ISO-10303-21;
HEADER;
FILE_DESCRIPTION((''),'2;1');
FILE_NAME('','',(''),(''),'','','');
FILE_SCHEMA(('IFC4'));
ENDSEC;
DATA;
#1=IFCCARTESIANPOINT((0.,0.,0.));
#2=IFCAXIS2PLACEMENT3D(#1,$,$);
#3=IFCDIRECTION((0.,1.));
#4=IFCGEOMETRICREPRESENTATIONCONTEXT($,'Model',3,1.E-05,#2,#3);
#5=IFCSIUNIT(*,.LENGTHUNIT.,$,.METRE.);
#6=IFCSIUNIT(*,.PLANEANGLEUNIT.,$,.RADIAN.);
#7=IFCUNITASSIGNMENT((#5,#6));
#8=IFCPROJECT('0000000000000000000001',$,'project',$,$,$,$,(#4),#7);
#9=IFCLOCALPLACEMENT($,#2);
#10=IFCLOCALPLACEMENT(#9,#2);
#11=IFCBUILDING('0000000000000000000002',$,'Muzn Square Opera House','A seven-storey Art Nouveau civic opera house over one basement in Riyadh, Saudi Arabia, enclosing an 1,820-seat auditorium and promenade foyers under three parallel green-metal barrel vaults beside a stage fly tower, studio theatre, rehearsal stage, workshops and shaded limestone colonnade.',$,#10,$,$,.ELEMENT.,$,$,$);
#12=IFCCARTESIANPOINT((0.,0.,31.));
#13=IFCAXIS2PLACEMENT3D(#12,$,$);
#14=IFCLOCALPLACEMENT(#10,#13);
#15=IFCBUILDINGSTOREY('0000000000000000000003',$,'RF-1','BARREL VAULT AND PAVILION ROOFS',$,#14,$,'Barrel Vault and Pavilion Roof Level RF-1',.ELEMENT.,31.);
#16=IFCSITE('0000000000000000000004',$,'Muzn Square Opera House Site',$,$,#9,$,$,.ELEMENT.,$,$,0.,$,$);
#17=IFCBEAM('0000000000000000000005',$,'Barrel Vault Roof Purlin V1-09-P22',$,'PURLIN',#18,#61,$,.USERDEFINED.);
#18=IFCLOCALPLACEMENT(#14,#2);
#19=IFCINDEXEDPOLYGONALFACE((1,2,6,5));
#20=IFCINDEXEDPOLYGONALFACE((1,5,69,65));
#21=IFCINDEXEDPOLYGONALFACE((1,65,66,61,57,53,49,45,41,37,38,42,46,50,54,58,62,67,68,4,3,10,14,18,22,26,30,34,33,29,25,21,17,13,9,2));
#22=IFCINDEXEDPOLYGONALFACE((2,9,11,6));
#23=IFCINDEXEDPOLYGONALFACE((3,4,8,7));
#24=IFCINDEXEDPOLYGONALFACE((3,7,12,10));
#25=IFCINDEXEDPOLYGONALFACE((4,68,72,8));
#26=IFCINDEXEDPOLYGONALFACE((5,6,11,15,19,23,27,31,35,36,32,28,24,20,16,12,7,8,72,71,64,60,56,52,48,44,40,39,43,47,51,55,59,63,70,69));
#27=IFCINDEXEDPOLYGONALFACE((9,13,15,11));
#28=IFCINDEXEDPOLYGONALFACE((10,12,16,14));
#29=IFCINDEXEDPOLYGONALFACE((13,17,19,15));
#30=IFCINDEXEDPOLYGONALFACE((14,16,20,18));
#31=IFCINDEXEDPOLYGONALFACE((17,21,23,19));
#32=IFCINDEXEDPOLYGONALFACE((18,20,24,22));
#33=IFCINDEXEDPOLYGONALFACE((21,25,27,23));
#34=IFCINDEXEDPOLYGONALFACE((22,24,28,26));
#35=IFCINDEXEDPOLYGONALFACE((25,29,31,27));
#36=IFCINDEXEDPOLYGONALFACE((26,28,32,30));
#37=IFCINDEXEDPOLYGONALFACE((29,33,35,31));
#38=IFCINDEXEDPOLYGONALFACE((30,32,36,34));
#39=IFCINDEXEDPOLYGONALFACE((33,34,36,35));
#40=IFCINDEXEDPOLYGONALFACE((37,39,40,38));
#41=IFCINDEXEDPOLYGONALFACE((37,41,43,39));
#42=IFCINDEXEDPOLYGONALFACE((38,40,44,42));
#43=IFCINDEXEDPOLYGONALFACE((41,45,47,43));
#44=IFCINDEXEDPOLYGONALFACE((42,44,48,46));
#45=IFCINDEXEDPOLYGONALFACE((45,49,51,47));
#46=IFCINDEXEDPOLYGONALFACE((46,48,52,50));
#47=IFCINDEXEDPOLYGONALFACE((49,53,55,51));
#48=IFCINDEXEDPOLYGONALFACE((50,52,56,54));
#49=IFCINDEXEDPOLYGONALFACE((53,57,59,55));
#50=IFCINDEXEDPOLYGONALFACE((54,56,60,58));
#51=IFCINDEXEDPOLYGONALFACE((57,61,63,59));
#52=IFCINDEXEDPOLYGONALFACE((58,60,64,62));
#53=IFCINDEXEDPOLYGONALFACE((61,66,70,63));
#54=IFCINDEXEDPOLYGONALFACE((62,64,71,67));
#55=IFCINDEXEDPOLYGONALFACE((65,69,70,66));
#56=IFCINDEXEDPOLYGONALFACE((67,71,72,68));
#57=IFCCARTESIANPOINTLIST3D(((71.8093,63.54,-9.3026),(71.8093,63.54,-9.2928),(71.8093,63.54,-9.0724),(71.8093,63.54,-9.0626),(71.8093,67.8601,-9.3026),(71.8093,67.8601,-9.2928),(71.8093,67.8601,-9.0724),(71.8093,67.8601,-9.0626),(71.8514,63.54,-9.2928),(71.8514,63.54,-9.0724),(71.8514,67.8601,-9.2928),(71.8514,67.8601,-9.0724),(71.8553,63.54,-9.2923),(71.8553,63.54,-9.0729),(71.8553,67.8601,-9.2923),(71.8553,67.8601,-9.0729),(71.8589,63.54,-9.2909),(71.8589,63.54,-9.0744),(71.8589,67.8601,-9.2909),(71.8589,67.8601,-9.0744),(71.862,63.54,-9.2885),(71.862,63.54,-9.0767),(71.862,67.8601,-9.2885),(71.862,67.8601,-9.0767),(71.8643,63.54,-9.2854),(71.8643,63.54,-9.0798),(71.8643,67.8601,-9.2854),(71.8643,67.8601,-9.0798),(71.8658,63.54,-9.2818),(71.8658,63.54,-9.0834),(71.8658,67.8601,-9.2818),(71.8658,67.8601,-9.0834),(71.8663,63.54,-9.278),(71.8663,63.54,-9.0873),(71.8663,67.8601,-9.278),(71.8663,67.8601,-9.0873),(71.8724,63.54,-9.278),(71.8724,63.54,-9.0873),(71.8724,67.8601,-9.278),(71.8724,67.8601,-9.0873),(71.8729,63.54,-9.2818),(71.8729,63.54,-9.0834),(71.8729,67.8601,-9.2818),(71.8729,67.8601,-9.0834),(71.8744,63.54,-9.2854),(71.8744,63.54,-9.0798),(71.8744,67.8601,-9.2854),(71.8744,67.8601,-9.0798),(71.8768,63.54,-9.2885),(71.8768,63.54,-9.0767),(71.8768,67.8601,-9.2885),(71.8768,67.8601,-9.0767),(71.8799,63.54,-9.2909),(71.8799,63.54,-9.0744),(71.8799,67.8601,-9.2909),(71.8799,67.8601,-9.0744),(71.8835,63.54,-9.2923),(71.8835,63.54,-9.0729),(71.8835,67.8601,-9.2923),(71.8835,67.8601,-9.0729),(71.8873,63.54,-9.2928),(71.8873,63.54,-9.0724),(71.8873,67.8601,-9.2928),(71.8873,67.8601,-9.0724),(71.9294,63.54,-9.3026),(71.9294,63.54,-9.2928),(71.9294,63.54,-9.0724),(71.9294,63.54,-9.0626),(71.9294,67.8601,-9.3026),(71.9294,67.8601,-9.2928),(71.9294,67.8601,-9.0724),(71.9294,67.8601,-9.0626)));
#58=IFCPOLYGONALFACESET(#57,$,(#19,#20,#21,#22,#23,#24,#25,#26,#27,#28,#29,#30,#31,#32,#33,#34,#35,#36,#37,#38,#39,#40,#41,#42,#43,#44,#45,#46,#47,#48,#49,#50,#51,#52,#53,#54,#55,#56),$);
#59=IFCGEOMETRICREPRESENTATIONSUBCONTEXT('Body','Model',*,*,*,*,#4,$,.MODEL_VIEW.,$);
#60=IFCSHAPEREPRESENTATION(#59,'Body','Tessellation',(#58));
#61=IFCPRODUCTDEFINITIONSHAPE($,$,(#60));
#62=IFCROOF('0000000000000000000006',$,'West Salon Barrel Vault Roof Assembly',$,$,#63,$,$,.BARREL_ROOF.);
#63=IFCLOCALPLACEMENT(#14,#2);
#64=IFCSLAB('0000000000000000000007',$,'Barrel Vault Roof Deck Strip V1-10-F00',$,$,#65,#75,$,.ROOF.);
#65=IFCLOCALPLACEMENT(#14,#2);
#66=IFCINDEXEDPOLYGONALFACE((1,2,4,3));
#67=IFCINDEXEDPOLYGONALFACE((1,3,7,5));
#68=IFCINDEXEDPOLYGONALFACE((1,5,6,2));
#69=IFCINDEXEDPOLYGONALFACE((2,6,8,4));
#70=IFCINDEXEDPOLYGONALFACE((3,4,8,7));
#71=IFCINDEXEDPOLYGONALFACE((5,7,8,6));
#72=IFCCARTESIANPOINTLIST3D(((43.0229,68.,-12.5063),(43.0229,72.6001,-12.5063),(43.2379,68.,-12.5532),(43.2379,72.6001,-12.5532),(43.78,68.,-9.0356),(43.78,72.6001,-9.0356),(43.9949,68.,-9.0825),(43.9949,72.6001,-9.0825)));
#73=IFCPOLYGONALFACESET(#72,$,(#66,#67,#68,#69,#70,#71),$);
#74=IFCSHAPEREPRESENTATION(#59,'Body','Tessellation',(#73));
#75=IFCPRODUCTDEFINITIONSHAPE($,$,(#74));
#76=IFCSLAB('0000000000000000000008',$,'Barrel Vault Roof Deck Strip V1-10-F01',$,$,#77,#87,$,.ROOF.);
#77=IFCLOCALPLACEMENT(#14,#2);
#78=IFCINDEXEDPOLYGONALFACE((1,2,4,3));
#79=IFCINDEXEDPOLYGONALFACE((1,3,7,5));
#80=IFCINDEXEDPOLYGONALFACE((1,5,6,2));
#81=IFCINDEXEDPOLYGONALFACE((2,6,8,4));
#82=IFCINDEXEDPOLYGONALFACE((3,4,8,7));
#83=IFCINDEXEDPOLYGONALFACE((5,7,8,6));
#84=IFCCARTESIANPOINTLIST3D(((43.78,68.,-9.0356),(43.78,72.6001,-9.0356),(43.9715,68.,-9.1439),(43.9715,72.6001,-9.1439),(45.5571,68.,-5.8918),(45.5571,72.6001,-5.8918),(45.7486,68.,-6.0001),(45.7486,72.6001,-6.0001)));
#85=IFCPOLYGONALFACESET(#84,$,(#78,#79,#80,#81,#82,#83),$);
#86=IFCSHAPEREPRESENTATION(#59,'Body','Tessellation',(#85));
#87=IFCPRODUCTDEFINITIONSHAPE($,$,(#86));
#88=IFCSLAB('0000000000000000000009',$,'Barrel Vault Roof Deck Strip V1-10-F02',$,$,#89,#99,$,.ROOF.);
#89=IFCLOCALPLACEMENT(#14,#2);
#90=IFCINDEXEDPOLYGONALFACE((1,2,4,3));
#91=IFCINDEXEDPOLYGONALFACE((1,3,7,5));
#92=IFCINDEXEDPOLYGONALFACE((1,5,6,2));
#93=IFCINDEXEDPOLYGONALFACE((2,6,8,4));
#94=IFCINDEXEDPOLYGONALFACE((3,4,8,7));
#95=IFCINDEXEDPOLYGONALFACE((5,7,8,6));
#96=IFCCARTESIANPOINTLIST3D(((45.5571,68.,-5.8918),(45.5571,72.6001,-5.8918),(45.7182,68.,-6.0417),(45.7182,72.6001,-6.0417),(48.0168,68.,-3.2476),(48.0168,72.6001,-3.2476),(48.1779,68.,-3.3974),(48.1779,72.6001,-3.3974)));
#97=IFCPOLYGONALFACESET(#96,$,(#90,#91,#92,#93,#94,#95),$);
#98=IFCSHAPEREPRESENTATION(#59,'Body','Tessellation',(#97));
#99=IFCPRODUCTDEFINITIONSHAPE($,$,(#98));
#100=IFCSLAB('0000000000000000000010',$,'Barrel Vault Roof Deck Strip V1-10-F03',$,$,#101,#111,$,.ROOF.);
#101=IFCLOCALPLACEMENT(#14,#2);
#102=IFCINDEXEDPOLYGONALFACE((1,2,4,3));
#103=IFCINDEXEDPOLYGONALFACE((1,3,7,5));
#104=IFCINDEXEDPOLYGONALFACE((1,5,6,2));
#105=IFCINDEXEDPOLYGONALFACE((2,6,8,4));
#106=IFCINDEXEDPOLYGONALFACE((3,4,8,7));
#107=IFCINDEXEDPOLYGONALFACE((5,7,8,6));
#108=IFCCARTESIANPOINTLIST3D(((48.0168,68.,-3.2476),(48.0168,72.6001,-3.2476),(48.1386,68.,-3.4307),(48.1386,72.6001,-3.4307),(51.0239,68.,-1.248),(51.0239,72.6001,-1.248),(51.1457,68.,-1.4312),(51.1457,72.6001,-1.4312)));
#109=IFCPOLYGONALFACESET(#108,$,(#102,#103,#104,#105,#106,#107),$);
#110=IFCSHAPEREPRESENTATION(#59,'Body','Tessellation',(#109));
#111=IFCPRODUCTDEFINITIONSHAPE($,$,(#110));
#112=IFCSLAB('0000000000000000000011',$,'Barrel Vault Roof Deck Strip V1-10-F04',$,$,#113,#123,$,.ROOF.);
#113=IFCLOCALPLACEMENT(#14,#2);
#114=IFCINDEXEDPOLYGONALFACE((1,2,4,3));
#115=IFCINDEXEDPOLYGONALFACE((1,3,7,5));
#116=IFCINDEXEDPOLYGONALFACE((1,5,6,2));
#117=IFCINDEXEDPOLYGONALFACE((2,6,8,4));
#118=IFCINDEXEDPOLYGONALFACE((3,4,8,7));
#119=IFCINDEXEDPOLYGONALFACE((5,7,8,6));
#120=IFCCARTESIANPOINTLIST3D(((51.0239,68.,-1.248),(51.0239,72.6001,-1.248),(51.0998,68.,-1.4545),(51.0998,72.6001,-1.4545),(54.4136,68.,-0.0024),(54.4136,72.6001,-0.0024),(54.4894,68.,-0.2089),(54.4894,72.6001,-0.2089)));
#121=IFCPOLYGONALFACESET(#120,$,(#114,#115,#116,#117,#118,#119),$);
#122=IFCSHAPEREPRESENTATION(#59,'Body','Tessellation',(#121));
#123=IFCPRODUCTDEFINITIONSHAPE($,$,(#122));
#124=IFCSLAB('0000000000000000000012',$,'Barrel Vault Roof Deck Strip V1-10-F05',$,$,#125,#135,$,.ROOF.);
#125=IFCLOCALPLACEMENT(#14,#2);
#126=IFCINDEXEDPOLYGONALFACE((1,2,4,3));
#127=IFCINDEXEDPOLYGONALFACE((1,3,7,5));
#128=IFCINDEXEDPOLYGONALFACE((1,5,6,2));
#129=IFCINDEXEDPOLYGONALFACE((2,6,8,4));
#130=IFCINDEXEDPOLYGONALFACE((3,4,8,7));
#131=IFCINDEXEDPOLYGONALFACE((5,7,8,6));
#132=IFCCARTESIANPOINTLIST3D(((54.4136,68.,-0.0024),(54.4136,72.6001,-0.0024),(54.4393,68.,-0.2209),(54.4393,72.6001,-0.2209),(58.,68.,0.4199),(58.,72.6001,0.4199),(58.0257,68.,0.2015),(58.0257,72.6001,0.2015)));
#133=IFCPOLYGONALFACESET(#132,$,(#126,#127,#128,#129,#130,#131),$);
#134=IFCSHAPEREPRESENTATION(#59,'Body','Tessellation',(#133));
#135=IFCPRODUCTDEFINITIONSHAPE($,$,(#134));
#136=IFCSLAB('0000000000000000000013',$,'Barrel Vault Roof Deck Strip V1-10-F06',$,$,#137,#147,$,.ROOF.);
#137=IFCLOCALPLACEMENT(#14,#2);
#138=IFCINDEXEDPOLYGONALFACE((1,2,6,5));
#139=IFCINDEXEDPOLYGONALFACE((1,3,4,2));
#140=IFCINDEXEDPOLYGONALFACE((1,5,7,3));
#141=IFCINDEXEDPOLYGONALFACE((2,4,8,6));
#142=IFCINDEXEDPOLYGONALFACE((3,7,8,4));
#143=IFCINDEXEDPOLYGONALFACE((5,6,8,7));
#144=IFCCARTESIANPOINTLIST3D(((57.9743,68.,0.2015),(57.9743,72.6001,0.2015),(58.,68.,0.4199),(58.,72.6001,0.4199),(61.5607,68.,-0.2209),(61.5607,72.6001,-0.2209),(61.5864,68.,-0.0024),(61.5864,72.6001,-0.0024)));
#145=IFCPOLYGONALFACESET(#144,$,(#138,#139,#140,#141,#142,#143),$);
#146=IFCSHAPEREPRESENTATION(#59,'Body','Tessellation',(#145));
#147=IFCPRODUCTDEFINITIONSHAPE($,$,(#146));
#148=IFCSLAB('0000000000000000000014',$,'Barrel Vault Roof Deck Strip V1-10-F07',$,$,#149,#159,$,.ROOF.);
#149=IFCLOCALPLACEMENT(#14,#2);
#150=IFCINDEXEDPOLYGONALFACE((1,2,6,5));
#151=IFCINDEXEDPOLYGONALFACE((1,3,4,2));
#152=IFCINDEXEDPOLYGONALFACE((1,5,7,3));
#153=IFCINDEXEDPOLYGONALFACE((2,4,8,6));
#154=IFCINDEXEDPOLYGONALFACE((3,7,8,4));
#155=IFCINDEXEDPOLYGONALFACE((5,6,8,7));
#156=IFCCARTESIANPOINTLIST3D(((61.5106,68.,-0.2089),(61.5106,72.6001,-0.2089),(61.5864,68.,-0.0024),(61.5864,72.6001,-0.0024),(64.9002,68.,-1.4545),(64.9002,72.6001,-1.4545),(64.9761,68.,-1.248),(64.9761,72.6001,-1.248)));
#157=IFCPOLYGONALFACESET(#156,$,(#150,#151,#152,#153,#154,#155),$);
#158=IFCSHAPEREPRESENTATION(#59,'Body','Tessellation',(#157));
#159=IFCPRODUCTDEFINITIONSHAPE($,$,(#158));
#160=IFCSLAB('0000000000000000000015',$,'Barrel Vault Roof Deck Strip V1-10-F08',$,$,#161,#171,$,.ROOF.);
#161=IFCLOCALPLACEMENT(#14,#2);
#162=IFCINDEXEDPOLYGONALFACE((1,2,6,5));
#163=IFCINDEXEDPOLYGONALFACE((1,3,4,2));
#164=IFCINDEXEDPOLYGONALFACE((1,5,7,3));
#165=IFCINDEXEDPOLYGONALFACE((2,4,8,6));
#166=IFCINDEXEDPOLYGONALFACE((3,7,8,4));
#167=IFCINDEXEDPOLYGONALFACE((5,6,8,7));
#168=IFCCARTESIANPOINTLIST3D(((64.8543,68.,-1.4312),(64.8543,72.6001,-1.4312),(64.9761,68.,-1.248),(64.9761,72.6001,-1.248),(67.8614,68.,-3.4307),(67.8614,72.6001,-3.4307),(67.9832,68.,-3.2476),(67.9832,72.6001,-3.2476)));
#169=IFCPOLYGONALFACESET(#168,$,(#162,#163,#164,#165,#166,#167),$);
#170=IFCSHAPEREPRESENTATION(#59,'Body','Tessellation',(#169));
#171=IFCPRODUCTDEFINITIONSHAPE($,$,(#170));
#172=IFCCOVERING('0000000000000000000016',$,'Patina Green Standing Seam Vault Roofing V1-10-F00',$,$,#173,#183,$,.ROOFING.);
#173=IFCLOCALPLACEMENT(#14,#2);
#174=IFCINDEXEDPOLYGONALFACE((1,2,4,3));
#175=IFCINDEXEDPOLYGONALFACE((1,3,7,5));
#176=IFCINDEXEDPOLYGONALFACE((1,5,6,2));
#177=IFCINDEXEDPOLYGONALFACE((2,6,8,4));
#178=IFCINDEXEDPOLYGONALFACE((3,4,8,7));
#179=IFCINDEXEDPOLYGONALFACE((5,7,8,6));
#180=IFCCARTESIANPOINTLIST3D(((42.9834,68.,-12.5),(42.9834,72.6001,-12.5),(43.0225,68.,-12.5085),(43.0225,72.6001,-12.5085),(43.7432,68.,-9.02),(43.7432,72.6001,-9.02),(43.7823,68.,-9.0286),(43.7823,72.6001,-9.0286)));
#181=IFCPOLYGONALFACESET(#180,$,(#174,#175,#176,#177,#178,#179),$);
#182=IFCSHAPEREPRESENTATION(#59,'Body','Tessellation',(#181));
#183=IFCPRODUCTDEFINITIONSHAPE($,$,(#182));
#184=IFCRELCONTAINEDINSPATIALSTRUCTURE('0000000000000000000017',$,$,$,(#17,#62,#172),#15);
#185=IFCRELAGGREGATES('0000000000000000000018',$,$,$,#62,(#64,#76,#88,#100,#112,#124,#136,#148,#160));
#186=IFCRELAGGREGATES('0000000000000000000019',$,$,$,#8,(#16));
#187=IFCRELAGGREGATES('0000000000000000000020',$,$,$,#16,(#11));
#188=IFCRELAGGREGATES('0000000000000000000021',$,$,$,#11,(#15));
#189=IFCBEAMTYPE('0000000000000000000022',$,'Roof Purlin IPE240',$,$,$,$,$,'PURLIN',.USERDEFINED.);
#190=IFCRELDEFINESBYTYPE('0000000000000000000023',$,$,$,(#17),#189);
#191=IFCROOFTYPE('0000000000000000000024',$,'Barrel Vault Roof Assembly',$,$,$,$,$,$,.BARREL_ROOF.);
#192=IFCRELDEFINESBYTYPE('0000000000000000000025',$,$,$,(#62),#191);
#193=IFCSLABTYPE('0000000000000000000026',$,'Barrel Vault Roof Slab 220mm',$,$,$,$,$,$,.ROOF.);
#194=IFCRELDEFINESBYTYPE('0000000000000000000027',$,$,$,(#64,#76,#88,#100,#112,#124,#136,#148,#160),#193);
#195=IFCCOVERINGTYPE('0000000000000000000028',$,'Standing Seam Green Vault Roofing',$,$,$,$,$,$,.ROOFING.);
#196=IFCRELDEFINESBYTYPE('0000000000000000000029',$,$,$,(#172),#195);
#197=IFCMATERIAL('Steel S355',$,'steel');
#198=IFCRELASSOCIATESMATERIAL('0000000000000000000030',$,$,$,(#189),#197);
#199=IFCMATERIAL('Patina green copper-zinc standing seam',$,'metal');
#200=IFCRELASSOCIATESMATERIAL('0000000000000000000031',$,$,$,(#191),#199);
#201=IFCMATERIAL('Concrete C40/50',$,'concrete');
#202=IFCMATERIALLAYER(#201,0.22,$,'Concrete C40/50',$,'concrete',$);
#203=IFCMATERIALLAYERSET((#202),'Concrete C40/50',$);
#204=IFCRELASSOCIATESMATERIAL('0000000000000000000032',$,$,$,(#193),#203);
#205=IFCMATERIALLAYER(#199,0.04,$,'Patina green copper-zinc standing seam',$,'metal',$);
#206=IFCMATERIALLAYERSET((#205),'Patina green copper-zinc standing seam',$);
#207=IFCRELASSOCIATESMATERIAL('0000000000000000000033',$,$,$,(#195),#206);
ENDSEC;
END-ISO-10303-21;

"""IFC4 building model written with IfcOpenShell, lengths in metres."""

from ifc_helpers import new_model, si_unit, direction, frame, origin, origin_2d, place, context, subcontext, project, spatial, polyline, i_section, outline, extrude, material, layer, layer_set, material_profile, profile_set, type_object, element, aggregate, save


model = new_model("IFC4")

# Units and contexts
model_context = context("Model", 3, precision=1e-05, world=origin(), true_north=direction((0.0, 1.0)))
body_context = subcontext(model_context, "Body", "Model", "MODEL_VIEW")
ifc_project = project(units=[si_unit("LENGTHUNIT", "METRE"), si_unit("PLANEANGLEUNIT", "RADIAN")], contexts=[model_context])

# Site, building, storey
site_placement = place(None, origin())
site = spatial("IfcSite", under=ifc_project, at=site_placement, Name="Muzn Square Opera House Site", CompositionType="ELEMENT", RefElevation=0.0)
building_placement = place(site_placement, origin())
building = spatial("IfcBuilding", under=site, at=building_placement, Name="Muzn Square Opera House", Description="A seven-storey Art Nouveau civic opera house over one basement in Riyadh, Saudi Arabia, enclosing an 1,820-seat auditorium and promenade foyers under three parallel green-metal barrel vaults beside a stage fly tower, studio theatre, rehearsal stage, workshops and shaded limestone colonnade.", CompositionType="ELEMENT")
storey_placement = place(building_placement, frame((0.0, 0.0, 31.0)))
storey = spatial("IfcBuildingStorey", under=building, at=storey_placement, Name="RF-1", Description="BARREL VAULT AND PAVILION ROOFS", LongName="Barrel Vault and Pavilion Roof Level RF-1", CompositionType="ELEMENT", Elevation=31.0)

# Beam
ifc_material_1 = material(Name="Steel S355", Category="steel")
ifc_material_profile_1 = material_profile(ifc_material_1, i_section(OverallWidth=0.1201, OverallDepth=0.24, WebThickness=0.0061, FlangeThickness=0.0098, FilletRadius=0.0149, at=origin_2d()), Name="IPE 240", Category="steel")
ifc_profile_set_1 = profile_set([ifc_material_profile_1], Name="Steel S355")
beam_type_1 = type_object("IfcBeamType", Name="Roof Purlin IPE240", ElementType="PURLIN", PredefinedType="USERDEFINED", material=ifc_profile_set_1)
for number, where, z_axis, x_axis, name in (
    (1, (71.8694, 63.54, -9.1826), (0.0, 1.0, 0.0), (-1.0, 0.0, 0.0), "Barrel Vault Roof Purlin V1-09-P22"),
):
    element("IfcBeam", number, at=place(storey_placement, frame(where, z_axis=z_axis, x_axis=x_axis)), inside=storey, type_object=beam_type_1, Name=name, ObjectType="PURLIN", PredefinedType="USERDEFINED", context=body_context, shape_type="SweptSolid", body=[
        extrude(i_section(OverallWidth=0.1201, OverallDepth=0.24, WebThickness=0.0061, FlangeThickness=0.0098, FilletRadius=0.0149, at=origin_2d()), origin(), (0.0, 0.0, 1.0), 4.3201),
    ])

# Roof, slabs
ifc_material_2 = material(Name="Patina green copper-zinc standing seam", Category="metal")
roof_type = type_object("IfcRoofType", Name="Barrel Vault Roof Assembly", PredefinedType="BARREL_ROOF", material=ifc_material_2)
roof_placement = place(storey_placement, origin())
roof = element("IfcRoof", 2, at=roof_placement, inside=storey, type_object=roof_type, Name="West Salon Barrel Vault Roof Assembly", PredefinedType="BARREL_ROOF")
ifc_material_3 = material(Name="Concrete C40/50", Category="concrete")
ifc_layer_1 = layer(ifc_material_3, 0.22, Name="Concrete C40/50", Category="concrete")
ifc_layer_set_1 = layer_set([ifc_layer_1], Name="Concrete C40/50")
slab_type = type_object("IfcSlabType", Name="Barrel Vault Roof Slab 220mm", PredefinedType="ROOF", material=ifc_layer_set_1)
slab_1_placement = place(storey_placement, frame((43.78, 68.0, -9.0356), z_axis=(-0.977025, 0.0, 0.213123), x_axis=(0.0, 1.0, 0.0)))
slab_1 = element("IfcSlab", 3, at=slab_1_placement, type_object=slab_type, Name="Barrel Vault Roof Deck Strip V1-10-F00", PredefinedType="ROOF", context=body_context, shape_type="SweptSolid", body=[
    extrude(outline(polyline([(0.0, 3.5523), (0.0, 0.0), (4.6001, 0.0), (4.6001, 3.5523), (0.0, 3.5523)])), origin(), (0.0, 0.0, -1.0), 0.22),
])
slab_2_placement = place(storey_placement, frame((45.5571, 68.0, -5.8918), z_axis=(-0.870543, 0.0, 0.492093), x_axis=(0.0, 1.0, 0.0)))
slab_2 = element("IfcSlab", 4, at=slab_2_placement, type_object=slab_type, Name="Barrel Vault Roof Deck Strip V1-10-F01", PredefinedType="ROOF", context=body_context, shape_type="SweptSolid", body=[
    extrude(outline(polyline([(0.0, 3.6113), (0.0, 0.0), (4.6001, 0.0), (4.6001, 3.6113), (0.0, 3.6113)])), origin(), (0.0, 0.0, -1.0), 0.22),
])
slab_3_placement = place(storey_placement, frame((48.0168, 68.0, -3.2476), z_axis=(-0.732198, 0.0, 0.681091), x_axis=(0.0, 1.0, 0.0)))
slab_3 = element("IfcSlab", 5, at=slab_3_placement, type_object=slab_type, Name="Barrel Vault Roof Deck Strip V1-10-F02", PredefinedType="ROOF", context=body_context, shape_type="SweptSolid", body=[
    extrude(outline(polyline([(0.0, 3.6114), (0.0, 0.0), (4.6001, 0.0), (4.6001, 3.6114), (0.0, 3.6114)])), origin(), (0.0, 0.0, -1.0), 0.22),
])
slab_4_placement = place(storey_placement, frame((51.0239, 68.0, -1.248), z_axis=(-0.553701, 0.0, 0.832715), x_axis=(0.0, 1.0, 0.0)))
slab_4 = element("IfcSlab", 6, at=slab_4_placement, type_object=slab_type, Name="Barrel Vault Roof Deck Strip V1-10-F03", PredefinedType="ROOF", context=body_context, shape_type="SweptSolid", body=[
    extrude(outline(polyline([(0.0, 3.6112), (0.0, 0.0), (4.6001, 0.0), (4.6001, 3.6112), (0.0, 3.6112)])), origin(), (0.0, 0.0, -1.0), 0.22),
])
slab_5_placement = place(storey_placement, frame((54.4136, 68.0, -0.0024), z_axis=(-0.344922, 0.0, 0.938631), x_axis=(0.0, 1.0, 0.0)))
slab_5 = element("IfcSlab", 7, at=slab_5_placement, type_object=slab_type, Name="Barrel Vault Roof Deck Strip V1-10-F04", PredefinedType="ROOF", context=body_context, shape_type="SweptSolid", body=[
    extrude(outline(polyline([(0.0, 3.6113), (0.0, 0.0), (4.6001, 0.0), (4.6001, 3.6113), (0.0, 3.6113)])), origin(), (0.0, 0.0, -1.0), 0.22),
])
slab_6_placement = place(storey_placement, frame((58.0, 68.0, 0.4199), z_axis=(-0.116959, 0.0, 0.993137), x_axis=(0.0, 1.0, 0.0)))
slab_6 = element("IfcSlab", 8, at=slab_6_placement, type_object=slab_type, Name="Barrel Vault Roof Deck Strip V1-10-F05", PredefinedType="ROOF", context=body_context, shape_type="SweptSolid", body=[
    extrude(outline(polyline([(0.0, 3.6112), (0.0, 0.0), (4.6001, 0.0), (4.6001, 3.6112), (0.0, 3.6112)])), origin(), (0.0, 0.0, -1.0), 0.22),
])
slab_7_placement = place(storey_placement, frame((58.0, 68.0, 0.4199), z_axis=(0.116959, 0.0, 0.993137), x_axis=(0.993137, 0.0, -0.116959)))
slab_7 = element("IfcSlab", 9, at=slab_7_placement, type_object=slab_type, Name="Barrel Vault Roof Deck Strip V1-10-F06", PredefinedType="ROOF", context=body_context, shape_type="SweptSolid", body=[
    extrude(outline(polyline([(0.0, 0.0), (3.6112, 0.0), (3.6112, 4.6001), (0.0, 4.6001), (0.0, 0.0)])), origin(), (0.0, 0.0, -1.0), 0.22),
])
slab_8_placement = place(storey_placement, frame((61.5864, 68.0, -0.0024), z_axis=(0.344922, 0.0, 0.938631), x_axis=(0.938631, 0.0, -0.344922)))
slab_8 = element("IfcSlab", 10, at=slab_8_placement, type_object=slab_type, Name="Barrel Vault Roof Deck Strip V1-10-F07", PredefinedType="ROOF", context=body_context, shape_type="SweptSolid", body=[
    extrude(outline(polyline([(0.0, 0.0), (3.6113, 0.0), (3.6113, 4.6001), (0.0, 4.6001), (0.0, 0.0)])), origin(), (0.0, 0.0, -1.0), 0.22),
])
slab_9_placement = place(storey_placement, frame((64.9761, 68.0, -1.248), z_axis=(0.553701, 0.0, 0.832715), x_axis=(0.832715, 0.0, -0.553701)))
slab_9 = element("IfcSlab", 11, at=slab_9_placement, type_object=slab_type, Name="Barrel Vault Roof Deck Strip V1-10-F08", PredefinedType="ROOF", context=body_context, shape_type="SweptSolid", body=[
    extrude(outline(polyline([(0.0, 0.0), (3.6112, 0.0), (3.6112, 4.6001), (0.0, 4.6001), (0.0, 0.0)])), origin(), (0.0, 0.0, -1.0), 0.22),
])
aggregate(roof, [slab_1, slab_2, slab_3, slab_4, slab_5, slab_6, slab_7, slab_8, slab_9])

# Covering
ifc_layer_2 = layer(ifc_material_2, 0.04, Name="Patina green copper-zinc standing seam", Category="metal")
ifc_layer_set_2 = layer_set([ifc_layer_2], Name="Patina green copper-zinc standing seam")
covering_type = type_object("IfcCoveringType", Name="Standing Seam Green Vault Roofing", PredefinedType="ROOFING", material=ifc_layer_set_2)
covering_1_placement = place(storey_placement, frame((43.7432, 68.0, -9.02), z_axis=(-0.976987, 0.0, 0.2133), x_axis=(0.0, 1.0, 0.0)))
element("IfcCovering", 12, at=covering_1_placement, inside=storey, type_object=covering_type, Name="Patina Green Standing Seam Vault Roofing V1-10-F00", PredefinedType="ROOFING", context=body_context, shape_type="SweptSolid", body=[
    extrude(outline(polyline([(0.0, 3.562), (0.0, 0.0), (4.6001, 0.0), (4.6001, 3.562), (0.0, 3.562)])), origin(), (0.0, 0.0, -1.0), 0.04),
])

save(model, "model.ifc")
